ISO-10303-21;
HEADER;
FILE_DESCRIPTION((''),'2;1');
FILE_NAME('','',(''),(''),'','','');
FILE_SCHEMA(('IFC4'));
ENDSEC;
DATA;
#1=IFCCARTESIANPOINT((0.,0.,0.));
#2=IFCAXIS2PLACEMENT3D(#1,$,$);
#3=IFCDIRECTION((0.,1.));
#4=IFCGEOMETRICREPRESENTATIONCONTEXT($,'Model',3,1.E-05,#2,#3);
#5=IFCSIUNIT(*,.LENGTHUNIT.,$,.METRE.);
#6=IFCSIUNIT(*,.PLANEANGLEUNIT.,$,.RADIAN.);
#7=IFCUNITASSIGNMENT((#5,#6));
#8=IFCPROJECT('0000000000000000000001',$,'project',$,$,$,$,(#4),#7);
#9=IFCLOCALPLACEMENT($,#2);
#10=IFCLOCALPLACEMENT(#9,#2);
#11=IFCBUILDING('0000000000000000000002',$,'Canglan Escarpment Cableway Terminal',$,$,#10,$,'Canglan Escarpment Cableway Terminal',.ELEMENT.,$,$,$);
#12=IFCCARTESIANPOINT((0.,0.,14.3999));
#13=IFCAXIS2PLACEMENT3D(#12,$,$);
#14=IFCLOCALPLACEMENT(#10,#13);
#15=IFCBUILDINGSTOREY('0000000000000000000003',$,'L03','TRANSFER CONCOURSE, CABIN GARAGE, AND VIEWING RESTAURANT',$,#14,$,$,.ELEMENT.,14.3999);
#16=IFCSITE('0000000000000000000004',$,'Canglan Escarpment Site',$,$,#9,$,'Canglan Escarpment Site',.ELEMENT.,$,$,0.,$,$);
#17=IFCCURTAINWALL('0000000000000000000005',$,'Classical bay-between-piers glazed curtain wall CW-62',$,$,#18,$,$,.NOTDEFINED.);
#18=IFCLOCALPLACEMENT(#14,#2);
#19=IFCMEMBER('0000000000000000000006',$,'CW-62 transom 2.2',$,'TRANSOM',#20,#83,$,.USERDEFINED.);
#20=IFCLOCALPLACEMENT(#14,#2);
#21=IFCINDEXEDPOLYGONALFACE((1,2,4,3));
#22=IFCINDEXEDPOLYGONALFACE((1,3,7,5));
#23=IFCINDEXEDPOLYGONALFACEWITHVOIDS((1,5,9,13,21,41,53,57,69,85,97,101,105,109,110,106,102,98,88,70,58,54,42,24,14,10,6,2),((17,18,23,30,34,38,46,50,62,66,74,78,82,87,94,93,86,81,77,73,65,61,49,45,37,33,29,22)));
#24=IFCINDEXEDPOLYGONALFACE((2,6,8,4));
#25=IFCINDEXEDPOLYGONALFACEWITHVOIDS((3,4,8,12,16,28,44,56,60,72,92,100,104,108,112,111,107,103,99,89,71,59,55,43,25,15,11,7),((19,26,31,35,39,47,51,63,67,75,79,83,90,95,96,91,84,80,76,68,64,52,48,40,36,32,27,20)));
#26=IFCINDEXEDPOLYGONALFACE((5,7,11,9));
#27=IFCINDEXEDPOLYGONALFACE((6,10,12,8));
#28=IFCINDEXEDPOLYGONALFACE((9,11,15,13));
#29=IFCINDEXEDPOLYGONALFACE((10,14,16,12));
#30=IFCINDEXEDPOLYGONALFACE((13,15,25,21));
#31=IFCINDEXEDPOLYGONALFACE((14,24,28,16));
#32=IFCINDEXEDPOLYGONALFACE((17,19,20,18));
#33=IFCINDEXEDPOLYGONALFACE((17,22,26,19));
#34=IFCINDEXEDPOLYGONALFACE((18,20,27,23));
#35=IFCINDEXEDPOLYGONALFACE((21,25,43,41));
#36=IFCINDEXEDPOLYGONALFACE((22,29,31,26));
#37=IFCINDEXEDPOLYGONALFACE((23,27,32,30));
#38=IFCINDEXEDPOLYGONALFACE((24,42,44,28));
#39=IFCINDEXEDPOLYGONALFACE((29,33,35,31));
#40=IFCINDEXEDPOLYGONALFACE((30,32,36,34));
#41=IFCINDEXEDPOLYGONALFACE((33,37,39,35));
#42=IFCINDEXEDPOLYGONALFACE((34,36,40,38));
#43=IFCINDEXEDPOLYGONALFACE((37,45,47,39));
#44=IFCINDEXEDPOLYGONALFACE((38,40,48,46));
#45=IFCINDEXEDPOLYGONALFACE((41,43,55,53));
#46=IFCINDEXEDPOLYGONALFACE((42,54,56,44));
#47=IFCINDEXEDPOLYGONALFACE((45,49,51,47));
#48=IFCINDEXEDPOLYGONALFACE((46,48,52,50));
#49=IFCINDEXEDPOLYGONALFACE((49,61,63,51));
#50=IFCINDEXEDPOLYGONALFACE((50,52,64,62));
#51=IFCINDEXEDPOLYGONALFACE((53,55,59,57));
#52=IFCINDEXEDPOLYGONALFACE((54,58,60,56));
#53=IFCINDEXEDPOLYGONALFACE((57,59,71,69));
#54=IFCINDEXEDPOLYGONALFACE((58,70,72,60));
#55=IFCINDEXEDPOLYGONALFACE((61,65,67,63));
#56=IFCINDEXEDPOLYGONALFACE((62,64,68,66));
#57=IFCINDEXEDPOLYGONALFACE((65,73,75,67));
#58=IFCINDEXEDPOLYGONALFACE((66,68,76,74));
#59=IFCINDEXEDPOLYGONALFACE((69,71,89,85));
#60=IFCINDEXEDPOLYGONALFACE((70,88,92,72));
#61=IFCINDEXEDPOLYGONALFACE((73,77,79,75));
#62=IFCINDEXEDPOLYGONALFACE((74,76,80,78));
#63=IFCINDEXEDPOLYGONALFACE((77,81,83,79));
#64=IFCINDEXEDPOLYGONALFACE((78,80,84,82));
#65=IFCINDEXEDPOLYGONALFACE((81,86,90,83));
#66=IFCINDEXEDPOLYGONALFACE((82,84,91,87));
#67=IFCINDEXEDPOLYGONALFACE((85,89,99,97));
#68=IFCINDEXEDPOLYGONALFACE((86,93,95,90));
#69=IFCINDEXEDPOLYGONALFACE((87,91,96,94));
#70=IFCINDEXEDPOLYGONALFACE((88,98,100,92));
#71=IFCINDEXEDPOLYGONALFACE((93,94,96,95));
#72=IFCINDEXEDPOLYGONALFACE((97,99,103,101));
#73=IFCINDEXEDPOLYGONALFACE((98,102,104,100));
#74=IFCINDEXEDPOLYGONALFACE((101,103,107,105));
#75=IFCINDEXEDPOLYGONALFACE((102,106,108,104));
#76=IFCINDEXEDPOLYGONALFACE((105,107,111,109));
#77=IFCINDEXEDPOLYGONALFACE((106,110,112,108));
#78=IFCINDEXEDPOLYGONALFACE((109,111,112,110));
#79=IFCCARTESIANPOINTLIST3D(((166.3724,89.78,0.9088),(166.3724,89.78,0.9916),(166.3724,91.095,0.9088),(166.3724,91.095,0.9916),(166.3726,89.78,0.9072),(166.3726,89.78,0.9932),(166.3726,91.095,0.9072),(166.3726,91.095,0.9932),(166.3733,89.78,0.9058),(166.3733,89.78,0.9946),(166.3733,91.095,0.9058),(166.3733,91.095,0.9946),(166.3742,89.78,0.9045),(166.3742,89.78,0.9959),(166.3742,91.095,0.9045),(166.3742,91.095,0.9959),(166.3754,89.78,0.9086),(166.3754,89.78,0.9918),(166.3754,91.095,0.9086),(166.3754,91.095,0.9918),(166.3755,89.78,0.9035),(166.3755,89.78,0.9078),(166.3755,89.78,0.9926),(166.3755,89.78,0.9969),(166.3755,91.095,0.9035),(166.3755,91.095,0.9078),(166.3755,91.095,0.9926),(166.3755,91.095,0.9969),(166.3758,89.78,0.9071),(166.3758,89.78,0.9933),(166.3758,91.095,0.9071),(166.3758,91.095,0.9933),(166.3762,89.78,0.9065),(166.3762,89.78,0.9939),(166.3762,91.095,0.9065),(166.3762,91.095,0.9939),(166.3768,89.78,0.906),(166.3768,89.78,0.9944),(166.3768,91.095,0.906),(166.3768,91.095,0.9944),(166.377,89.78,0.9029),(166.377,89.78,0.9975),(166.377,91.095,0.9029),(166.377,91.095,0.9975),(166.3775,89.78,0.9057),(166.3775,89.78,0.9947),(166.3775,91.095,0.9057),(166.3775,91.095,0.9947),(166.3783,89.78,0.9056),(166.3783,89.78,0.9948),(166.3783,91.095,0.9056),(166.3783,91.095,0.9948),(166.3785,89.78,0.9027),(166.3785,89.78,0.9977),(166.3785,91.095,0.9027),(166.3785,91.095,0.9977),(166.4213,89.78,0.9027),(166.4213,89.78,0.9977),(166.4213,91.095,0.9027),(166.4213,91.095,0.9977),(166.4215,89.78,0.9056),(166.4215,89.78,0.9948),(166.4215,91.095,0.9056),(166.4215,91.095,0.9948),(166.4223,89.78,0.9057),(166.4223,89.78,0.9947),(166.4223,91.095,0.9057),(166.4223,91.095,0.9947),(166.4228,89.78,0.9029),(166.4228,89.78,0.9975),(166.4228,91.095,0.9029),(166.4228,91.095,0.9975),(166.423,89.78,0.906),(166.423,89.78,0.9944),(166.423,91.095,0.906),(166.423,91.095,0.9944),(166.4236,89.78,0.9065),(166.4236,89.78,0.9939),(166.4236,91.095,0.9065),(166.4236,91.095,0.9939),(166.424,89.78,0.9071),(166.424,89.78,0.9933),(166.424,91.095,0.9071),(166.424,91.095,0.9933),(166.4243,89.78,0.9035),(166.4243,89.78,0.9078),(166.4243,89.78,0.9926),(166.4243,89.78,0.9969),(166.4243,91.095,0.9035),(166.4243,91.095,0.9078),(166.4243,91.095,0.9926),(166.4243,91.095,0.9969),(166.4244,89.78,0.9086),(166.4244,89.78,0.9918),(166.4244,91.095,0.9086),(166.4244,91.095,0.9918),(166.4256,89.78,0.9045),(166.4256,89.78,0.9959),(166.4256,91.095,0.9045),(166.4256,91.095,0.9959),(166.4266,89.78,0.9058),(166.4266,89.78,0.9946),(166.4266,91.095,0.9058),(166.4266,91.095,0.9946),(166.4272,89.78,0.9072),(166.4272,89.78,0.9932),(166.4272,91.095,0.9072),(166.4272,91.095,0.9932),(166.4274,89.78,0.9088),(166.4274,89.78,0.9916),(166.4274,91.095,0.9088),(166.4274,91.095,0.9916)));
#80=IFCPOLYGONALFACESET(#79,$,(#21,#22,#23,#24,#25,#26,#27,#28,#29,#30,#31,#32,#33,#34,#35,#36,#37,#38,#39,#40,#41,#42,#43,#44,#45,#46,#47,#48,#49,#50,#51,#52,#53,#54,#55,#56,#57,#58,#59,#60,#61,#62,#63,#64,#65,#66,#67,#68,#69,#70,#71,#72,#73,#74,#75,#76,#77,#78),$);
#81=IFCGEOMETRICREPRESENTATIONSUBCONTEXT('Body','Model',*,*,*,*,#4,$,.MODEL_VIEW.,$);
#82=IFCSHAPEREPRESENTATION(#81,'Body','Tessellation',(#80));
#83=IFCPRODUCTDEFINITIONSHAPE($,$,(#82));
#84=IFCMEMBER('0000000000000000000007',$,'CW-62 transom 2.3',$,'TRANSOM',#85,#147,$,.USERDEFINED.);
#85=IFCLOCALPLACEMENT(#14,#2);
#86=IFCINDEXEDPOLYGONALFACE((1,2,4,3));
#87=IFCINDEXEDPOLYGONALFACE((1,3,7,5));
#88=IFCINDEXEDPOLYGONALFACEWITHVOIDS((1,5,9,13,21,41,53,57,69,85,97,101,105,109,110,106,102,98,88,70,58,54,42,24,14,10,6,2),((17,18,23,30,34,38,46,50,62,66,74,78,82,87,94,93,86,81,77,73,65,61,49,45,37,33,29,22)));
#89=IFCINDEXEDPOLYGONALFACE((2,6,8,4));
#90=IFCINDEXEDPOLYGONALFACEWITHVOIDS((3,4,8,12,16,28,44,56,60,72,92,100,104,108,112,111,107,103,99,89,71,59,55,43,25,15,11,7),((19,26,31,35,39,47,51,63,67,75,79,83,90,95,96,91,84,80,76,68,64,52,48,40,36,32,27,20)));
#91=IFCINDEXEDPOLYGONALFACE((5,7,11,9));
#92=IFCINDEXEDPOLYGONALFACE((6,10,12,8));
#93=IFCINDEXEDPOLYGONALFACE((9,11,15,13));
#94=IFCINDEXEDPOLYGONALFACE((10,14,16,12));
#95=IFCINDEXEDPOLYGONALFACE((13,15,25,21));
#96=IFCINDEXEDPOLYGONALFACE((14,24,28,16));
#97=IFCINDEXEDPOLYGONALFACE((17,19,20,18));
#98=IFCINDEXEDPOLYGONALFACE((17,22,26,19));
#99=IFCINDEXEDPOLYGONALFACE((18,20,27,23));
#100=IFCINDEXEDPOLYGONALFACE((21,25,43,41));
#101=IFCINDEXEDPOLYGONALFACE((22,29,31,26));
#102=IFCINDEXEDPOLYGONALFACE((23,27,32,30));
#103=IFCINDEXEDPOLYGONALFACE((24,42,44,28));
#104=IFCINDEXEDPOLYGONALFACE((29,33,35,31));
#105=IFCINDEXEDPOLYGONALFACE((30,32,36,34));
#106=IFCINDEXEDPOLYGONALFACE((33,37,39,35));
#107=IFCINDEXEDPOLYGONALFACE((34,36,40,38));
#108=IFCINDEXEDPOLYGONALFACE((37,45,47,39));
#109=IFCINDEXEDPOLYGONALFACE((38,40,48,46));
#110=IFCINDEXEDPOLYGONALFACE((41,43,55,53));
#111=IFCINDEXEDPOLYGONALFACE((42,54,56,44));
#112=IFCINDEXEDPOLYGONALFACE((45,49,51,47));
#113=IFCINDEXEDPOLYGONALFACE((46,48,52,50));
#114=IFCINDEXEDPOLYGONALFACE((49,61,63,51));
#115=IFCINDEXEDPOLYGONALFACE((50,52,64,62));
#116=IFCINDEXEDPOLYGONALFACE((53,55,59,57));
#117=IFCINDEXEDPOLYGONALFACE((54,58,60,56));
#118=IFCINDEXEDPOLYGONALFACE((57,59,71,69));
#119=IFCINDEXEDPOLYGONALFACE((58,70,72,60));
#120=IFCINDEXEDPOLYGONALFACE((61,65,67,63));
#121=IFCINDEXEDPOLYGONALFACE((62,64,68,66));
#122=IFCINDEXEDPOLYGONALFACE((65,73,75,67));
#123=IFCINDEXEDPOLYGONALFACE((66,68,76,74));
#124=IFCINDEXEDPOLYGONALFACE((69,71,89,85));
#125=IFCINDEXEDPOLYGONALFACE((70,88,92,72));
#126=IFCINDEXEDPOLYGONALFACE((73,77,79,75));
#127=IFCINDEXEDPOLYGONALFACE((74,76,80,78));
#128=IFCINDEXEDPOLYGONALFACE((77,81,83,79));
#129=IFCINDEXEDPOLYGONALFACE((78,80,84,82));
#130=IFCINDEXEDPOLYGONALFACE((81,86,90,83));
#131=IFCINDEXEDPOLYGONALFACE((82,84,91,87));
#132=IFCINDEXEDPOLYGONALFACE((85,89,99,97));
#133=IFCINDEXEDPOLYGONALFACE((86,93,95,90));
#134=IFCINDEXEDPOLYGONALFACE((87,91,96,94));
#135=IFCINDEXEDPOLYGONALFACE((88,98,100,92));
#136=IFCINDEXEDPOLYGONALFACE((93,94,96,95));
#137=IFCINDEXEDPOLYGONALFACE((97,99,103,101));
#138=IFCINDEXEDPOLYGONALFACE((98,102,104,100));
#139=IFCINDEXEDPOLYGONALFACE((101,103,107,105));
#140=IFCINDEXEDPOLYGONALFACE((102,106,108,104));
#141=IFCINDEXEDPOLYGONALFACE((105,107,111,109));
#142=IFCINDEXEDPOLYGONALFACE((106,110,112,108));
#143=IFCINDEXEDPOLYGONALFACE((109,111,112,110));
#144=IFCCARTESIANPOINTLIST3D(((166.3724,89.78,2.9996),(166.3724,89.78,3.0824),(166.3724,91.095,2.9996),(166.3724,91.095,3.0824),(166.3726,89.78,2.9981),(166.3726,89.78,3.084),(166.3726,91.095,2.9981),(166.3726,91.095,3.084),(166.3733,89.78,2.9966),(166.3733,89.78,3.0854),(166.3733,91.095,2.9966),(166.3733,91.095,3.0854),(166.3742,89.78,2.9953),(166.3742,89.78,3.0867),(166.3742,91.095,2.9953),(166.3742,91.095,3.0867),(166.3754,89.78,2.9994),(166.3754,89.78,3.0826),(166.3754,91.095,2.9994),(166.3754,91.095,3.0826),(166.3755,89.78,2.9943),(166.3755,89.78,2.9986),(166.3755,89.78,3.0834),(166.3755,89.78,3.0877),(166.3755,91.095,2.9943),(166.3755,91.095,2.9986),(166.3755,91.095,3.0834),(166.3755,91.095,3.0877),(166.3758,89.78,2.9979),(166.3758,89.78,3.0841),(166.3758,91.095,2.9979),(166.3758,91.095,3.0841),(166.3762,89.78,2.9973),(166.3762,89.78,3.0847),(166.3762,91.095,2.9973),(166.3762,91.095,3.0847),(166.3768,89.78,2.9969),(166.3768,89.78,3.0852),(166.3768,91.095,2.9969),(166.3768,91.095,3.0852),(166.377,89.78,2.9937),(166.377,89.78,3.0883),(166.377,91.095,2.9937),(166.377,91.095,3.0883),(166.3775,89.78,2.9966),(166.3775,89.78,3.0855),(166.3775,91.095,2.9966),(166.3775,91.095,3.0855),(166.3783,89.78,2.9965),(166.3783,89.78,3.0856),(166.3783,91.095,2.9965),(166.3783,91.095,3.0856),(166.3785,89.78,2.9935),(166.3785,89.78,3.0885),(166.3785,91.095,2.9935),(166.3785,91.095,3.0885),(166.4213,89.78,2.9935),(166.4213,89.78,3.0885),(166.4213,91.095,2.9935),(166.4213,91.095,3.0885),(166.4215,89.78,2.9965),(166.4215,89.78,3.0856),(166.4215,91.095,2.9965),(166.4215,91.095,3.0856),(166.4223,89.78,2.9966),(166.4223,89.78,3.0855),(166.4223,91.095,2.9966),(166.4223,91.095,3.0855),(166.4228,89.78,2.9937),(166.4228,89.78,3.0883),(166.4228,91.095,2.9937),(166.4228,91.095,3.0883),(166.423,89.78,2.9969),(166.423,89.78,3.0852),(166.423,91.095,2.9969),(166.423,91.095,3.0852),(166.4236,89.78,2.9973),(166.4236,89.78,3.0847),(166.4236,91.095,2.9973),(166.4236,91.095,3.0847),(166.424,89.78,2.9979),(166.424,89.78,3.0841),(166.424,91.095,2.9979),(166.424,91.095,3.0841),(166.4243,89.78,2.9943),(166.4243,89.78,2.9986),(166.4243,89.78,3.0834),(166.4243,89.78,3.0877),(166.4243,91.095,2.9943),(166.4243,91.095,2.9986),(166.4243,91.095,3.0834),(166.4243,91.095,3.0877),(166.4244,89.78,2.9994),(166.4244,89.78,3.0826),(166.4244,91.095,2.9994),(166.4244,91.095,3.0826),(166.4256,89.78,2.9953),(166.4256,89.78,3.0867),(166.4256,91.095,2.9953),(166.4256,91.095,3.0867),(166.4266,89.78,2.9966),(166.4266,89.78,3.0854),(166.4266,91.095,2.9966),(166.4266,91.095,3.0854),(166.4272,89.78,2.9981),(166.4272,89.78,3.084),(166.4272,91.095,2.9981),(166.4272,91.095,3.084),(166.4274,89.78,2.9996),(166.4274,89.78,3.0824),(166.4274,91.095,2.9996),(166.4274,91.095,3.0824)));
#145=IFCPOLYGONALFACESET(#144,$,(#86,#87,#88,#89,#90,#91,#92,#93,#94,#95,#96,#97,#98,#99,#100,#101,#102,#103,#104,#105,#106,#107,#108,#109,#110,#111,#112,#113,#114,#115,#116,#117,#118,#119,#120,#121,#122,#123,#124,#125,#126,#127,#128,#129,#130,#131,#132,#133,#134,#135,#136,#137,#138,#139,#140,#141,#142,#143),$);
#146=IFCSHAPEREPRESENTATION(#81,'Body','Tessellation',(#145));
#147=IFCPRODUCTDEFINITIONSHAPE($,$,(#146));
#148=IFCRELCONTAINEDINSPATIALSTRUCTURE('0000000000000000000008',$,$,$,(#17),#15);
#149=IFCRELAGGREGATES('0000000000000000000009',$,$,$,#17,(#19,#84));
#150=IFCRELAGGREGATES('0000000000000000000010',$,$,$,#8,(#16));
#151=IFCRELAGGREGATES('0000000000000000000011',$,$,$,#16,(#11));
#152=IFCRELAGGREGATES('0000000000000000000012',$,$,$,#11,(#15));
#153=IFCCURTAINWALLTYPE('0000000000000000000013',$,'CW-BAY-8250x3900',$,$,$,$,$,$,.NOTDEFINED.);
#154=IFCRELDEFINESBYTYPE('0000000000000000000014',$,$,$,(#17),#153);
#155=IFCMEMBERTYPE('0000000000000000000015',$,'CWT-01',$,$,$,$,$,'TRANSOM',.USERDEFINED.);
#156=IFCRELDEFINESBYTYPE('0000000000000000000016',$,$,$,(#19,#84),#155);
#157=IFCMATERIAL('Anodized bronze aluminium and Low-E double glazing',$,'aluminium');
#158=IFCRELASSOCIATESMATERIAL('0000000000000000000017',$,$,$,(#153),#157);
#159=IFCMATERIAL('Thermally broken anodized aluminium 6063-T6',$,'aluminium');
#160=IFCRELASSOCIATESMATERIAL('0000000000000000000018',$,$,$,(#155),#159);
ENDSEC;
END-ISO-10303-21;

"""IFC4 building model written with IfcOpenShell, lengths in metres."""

from ifc_helpers import new_model, si_unit, direction, frame, origin, origin_2d, place, context, subcontext, project, spatial, hollow_rectangle, extrude, material, material_profile, profile_set, type_object, element, aggregate, save


model = new_model("IFC4")

# Units and contexts
model_context = context("Model", 3, precision=1e-05, world=origin(), true_north=direction((0.0, 1.0)))
body_context = subcontext(model_context, "Body", "Model", "MODEL_VIEW")
ifc_project = project(units=[si_unit("LENGTHUNIT", "METRE"), si_unit("PLANEANGLEUNIT", "RADIAN")], contexts=[model_context])

# Site, building, storey
site_placement = place(None, origin())
site = spatial("IfcSite", under=ifc_project, at=site_placement, Name="Canglan Escarpment Site", LongName="Canglan Escarpment Site", CompositionType="ELEMENT", RefElevation=0.0)
building_placement = place(site_placement, origin())
building = spatial("IfcBuilding", under=site, at=building_placement, Name="Canglan Escarpment Cableway Terminal", LongName="Canglan Escarpment Cableway Terminal", CompositionType="ELEMENT")
storey_placement = place(building_placement, frame((0.0, 0.0, 14.3999)))
storey = spatial("IfcBuildingStorey", under=building, at=storey_placement, Name="L03", Description="TRANSFER CONCOURSE, CABIN GARAGE, AND VIEWING RESTAURANT", CompositionType="ELEMENT", Elevation=14.3999)

# Curtain wall
ifc_material_1 = material(Name="Anodized bronze aluminium and Low-E double glazing", Category="aluminium")
curtain_wall_type = type_object("IfcCurtainWallType", Name="CW-BAY-8250x3900", PredefinedType="NOTDEFINED", material=ifc_material_1)
curtain_wall_1_placement = place(storey_placement, origin())
curtain_wall_1 = element("IfcCurtainWall", 1, at=curtain_wall_1_placement, inside=storey, type_object=curtain_wall_type, Name="Classical bay-between-piers glazed curtain wall CW-62", PredefinedType="NOTDEFINED")
ifc_material_2 = material(Name="Thermally broken anodized aluminium 6063-T6", Category="aluminium")

# Members
ifc_material_profile_1 = material_profile(ifc_material_2, hollow_rectangle(XDim=0.0549, YDim=0.095, WallThickness=0.0029, InnerFilletRadius=0.0029, OuterFilletRadius=0.0061, at=origin_2d()), Name="ALU-TRAN 55x95x3")
ifc_profile_set_1 = profile_set([ifc_material_profile_1], Name="Thermally broken anodized aluminium 6063-T6")
member_type_1 = type_object("IfcMemberType", Name="CWT-01", ElementType="TRANSOM", PredefinedType="USERDEFINED", material=ifc_profile_set_1)
member_1_placement = place(storey_placement, frame((166.3999, 89.78, 0.9502), z_axis=(0.0, 1.0, 0.0), x_axis=(-1.0, 0.0, 0.0)))
member_1 = element("IfcMember", 2, at=member_1_placement, type_object=member_type_1, Name="CW-62 transom 2.2", ObjectType="TRANSOM", PredefinedType="USERDEFINED", context=body_context, shape_type="SweptSolid", body=[
    extrude(hollow_rectangle(XDim=0.0549, YDim=0.095, WallThickness=0.0029, InnerFilletRadius=0.0029, OuterFilletRadius=0.0061, at=origin_2d()), origin(), (0.0, 0.0, 1.0), 1.3149),
])
member_2_placement = place(storey_placement, frame((166.3999, 89.78, 3.041), z_axis=(0.0, 1.0, 0.0), x_axis=(-1.0, 0.0, 0.0)))
member_2 = element("IfcMember", 3, at=member_2_placement, type_object=member_type_1, Name="CW-62 transom 2.3", ObjectType="TRANSOM", PredefinedType="USERDEFINED", context=body_context, shape_type="SweptSolid", body=[
    extrude(hollow_rectangle(XDim=0.0549, YDim=0.095, WallThickness=0.0029, InnerFilletRadius=0.0029, OuterFilletRadius=0.0061, at=origin_2d()), origin(), (0.0, 0.0, 1.0), 1.3149),
])

aggregate(curtain_wall_1, [member_1, member_2])

save(model, "model.ifc")
